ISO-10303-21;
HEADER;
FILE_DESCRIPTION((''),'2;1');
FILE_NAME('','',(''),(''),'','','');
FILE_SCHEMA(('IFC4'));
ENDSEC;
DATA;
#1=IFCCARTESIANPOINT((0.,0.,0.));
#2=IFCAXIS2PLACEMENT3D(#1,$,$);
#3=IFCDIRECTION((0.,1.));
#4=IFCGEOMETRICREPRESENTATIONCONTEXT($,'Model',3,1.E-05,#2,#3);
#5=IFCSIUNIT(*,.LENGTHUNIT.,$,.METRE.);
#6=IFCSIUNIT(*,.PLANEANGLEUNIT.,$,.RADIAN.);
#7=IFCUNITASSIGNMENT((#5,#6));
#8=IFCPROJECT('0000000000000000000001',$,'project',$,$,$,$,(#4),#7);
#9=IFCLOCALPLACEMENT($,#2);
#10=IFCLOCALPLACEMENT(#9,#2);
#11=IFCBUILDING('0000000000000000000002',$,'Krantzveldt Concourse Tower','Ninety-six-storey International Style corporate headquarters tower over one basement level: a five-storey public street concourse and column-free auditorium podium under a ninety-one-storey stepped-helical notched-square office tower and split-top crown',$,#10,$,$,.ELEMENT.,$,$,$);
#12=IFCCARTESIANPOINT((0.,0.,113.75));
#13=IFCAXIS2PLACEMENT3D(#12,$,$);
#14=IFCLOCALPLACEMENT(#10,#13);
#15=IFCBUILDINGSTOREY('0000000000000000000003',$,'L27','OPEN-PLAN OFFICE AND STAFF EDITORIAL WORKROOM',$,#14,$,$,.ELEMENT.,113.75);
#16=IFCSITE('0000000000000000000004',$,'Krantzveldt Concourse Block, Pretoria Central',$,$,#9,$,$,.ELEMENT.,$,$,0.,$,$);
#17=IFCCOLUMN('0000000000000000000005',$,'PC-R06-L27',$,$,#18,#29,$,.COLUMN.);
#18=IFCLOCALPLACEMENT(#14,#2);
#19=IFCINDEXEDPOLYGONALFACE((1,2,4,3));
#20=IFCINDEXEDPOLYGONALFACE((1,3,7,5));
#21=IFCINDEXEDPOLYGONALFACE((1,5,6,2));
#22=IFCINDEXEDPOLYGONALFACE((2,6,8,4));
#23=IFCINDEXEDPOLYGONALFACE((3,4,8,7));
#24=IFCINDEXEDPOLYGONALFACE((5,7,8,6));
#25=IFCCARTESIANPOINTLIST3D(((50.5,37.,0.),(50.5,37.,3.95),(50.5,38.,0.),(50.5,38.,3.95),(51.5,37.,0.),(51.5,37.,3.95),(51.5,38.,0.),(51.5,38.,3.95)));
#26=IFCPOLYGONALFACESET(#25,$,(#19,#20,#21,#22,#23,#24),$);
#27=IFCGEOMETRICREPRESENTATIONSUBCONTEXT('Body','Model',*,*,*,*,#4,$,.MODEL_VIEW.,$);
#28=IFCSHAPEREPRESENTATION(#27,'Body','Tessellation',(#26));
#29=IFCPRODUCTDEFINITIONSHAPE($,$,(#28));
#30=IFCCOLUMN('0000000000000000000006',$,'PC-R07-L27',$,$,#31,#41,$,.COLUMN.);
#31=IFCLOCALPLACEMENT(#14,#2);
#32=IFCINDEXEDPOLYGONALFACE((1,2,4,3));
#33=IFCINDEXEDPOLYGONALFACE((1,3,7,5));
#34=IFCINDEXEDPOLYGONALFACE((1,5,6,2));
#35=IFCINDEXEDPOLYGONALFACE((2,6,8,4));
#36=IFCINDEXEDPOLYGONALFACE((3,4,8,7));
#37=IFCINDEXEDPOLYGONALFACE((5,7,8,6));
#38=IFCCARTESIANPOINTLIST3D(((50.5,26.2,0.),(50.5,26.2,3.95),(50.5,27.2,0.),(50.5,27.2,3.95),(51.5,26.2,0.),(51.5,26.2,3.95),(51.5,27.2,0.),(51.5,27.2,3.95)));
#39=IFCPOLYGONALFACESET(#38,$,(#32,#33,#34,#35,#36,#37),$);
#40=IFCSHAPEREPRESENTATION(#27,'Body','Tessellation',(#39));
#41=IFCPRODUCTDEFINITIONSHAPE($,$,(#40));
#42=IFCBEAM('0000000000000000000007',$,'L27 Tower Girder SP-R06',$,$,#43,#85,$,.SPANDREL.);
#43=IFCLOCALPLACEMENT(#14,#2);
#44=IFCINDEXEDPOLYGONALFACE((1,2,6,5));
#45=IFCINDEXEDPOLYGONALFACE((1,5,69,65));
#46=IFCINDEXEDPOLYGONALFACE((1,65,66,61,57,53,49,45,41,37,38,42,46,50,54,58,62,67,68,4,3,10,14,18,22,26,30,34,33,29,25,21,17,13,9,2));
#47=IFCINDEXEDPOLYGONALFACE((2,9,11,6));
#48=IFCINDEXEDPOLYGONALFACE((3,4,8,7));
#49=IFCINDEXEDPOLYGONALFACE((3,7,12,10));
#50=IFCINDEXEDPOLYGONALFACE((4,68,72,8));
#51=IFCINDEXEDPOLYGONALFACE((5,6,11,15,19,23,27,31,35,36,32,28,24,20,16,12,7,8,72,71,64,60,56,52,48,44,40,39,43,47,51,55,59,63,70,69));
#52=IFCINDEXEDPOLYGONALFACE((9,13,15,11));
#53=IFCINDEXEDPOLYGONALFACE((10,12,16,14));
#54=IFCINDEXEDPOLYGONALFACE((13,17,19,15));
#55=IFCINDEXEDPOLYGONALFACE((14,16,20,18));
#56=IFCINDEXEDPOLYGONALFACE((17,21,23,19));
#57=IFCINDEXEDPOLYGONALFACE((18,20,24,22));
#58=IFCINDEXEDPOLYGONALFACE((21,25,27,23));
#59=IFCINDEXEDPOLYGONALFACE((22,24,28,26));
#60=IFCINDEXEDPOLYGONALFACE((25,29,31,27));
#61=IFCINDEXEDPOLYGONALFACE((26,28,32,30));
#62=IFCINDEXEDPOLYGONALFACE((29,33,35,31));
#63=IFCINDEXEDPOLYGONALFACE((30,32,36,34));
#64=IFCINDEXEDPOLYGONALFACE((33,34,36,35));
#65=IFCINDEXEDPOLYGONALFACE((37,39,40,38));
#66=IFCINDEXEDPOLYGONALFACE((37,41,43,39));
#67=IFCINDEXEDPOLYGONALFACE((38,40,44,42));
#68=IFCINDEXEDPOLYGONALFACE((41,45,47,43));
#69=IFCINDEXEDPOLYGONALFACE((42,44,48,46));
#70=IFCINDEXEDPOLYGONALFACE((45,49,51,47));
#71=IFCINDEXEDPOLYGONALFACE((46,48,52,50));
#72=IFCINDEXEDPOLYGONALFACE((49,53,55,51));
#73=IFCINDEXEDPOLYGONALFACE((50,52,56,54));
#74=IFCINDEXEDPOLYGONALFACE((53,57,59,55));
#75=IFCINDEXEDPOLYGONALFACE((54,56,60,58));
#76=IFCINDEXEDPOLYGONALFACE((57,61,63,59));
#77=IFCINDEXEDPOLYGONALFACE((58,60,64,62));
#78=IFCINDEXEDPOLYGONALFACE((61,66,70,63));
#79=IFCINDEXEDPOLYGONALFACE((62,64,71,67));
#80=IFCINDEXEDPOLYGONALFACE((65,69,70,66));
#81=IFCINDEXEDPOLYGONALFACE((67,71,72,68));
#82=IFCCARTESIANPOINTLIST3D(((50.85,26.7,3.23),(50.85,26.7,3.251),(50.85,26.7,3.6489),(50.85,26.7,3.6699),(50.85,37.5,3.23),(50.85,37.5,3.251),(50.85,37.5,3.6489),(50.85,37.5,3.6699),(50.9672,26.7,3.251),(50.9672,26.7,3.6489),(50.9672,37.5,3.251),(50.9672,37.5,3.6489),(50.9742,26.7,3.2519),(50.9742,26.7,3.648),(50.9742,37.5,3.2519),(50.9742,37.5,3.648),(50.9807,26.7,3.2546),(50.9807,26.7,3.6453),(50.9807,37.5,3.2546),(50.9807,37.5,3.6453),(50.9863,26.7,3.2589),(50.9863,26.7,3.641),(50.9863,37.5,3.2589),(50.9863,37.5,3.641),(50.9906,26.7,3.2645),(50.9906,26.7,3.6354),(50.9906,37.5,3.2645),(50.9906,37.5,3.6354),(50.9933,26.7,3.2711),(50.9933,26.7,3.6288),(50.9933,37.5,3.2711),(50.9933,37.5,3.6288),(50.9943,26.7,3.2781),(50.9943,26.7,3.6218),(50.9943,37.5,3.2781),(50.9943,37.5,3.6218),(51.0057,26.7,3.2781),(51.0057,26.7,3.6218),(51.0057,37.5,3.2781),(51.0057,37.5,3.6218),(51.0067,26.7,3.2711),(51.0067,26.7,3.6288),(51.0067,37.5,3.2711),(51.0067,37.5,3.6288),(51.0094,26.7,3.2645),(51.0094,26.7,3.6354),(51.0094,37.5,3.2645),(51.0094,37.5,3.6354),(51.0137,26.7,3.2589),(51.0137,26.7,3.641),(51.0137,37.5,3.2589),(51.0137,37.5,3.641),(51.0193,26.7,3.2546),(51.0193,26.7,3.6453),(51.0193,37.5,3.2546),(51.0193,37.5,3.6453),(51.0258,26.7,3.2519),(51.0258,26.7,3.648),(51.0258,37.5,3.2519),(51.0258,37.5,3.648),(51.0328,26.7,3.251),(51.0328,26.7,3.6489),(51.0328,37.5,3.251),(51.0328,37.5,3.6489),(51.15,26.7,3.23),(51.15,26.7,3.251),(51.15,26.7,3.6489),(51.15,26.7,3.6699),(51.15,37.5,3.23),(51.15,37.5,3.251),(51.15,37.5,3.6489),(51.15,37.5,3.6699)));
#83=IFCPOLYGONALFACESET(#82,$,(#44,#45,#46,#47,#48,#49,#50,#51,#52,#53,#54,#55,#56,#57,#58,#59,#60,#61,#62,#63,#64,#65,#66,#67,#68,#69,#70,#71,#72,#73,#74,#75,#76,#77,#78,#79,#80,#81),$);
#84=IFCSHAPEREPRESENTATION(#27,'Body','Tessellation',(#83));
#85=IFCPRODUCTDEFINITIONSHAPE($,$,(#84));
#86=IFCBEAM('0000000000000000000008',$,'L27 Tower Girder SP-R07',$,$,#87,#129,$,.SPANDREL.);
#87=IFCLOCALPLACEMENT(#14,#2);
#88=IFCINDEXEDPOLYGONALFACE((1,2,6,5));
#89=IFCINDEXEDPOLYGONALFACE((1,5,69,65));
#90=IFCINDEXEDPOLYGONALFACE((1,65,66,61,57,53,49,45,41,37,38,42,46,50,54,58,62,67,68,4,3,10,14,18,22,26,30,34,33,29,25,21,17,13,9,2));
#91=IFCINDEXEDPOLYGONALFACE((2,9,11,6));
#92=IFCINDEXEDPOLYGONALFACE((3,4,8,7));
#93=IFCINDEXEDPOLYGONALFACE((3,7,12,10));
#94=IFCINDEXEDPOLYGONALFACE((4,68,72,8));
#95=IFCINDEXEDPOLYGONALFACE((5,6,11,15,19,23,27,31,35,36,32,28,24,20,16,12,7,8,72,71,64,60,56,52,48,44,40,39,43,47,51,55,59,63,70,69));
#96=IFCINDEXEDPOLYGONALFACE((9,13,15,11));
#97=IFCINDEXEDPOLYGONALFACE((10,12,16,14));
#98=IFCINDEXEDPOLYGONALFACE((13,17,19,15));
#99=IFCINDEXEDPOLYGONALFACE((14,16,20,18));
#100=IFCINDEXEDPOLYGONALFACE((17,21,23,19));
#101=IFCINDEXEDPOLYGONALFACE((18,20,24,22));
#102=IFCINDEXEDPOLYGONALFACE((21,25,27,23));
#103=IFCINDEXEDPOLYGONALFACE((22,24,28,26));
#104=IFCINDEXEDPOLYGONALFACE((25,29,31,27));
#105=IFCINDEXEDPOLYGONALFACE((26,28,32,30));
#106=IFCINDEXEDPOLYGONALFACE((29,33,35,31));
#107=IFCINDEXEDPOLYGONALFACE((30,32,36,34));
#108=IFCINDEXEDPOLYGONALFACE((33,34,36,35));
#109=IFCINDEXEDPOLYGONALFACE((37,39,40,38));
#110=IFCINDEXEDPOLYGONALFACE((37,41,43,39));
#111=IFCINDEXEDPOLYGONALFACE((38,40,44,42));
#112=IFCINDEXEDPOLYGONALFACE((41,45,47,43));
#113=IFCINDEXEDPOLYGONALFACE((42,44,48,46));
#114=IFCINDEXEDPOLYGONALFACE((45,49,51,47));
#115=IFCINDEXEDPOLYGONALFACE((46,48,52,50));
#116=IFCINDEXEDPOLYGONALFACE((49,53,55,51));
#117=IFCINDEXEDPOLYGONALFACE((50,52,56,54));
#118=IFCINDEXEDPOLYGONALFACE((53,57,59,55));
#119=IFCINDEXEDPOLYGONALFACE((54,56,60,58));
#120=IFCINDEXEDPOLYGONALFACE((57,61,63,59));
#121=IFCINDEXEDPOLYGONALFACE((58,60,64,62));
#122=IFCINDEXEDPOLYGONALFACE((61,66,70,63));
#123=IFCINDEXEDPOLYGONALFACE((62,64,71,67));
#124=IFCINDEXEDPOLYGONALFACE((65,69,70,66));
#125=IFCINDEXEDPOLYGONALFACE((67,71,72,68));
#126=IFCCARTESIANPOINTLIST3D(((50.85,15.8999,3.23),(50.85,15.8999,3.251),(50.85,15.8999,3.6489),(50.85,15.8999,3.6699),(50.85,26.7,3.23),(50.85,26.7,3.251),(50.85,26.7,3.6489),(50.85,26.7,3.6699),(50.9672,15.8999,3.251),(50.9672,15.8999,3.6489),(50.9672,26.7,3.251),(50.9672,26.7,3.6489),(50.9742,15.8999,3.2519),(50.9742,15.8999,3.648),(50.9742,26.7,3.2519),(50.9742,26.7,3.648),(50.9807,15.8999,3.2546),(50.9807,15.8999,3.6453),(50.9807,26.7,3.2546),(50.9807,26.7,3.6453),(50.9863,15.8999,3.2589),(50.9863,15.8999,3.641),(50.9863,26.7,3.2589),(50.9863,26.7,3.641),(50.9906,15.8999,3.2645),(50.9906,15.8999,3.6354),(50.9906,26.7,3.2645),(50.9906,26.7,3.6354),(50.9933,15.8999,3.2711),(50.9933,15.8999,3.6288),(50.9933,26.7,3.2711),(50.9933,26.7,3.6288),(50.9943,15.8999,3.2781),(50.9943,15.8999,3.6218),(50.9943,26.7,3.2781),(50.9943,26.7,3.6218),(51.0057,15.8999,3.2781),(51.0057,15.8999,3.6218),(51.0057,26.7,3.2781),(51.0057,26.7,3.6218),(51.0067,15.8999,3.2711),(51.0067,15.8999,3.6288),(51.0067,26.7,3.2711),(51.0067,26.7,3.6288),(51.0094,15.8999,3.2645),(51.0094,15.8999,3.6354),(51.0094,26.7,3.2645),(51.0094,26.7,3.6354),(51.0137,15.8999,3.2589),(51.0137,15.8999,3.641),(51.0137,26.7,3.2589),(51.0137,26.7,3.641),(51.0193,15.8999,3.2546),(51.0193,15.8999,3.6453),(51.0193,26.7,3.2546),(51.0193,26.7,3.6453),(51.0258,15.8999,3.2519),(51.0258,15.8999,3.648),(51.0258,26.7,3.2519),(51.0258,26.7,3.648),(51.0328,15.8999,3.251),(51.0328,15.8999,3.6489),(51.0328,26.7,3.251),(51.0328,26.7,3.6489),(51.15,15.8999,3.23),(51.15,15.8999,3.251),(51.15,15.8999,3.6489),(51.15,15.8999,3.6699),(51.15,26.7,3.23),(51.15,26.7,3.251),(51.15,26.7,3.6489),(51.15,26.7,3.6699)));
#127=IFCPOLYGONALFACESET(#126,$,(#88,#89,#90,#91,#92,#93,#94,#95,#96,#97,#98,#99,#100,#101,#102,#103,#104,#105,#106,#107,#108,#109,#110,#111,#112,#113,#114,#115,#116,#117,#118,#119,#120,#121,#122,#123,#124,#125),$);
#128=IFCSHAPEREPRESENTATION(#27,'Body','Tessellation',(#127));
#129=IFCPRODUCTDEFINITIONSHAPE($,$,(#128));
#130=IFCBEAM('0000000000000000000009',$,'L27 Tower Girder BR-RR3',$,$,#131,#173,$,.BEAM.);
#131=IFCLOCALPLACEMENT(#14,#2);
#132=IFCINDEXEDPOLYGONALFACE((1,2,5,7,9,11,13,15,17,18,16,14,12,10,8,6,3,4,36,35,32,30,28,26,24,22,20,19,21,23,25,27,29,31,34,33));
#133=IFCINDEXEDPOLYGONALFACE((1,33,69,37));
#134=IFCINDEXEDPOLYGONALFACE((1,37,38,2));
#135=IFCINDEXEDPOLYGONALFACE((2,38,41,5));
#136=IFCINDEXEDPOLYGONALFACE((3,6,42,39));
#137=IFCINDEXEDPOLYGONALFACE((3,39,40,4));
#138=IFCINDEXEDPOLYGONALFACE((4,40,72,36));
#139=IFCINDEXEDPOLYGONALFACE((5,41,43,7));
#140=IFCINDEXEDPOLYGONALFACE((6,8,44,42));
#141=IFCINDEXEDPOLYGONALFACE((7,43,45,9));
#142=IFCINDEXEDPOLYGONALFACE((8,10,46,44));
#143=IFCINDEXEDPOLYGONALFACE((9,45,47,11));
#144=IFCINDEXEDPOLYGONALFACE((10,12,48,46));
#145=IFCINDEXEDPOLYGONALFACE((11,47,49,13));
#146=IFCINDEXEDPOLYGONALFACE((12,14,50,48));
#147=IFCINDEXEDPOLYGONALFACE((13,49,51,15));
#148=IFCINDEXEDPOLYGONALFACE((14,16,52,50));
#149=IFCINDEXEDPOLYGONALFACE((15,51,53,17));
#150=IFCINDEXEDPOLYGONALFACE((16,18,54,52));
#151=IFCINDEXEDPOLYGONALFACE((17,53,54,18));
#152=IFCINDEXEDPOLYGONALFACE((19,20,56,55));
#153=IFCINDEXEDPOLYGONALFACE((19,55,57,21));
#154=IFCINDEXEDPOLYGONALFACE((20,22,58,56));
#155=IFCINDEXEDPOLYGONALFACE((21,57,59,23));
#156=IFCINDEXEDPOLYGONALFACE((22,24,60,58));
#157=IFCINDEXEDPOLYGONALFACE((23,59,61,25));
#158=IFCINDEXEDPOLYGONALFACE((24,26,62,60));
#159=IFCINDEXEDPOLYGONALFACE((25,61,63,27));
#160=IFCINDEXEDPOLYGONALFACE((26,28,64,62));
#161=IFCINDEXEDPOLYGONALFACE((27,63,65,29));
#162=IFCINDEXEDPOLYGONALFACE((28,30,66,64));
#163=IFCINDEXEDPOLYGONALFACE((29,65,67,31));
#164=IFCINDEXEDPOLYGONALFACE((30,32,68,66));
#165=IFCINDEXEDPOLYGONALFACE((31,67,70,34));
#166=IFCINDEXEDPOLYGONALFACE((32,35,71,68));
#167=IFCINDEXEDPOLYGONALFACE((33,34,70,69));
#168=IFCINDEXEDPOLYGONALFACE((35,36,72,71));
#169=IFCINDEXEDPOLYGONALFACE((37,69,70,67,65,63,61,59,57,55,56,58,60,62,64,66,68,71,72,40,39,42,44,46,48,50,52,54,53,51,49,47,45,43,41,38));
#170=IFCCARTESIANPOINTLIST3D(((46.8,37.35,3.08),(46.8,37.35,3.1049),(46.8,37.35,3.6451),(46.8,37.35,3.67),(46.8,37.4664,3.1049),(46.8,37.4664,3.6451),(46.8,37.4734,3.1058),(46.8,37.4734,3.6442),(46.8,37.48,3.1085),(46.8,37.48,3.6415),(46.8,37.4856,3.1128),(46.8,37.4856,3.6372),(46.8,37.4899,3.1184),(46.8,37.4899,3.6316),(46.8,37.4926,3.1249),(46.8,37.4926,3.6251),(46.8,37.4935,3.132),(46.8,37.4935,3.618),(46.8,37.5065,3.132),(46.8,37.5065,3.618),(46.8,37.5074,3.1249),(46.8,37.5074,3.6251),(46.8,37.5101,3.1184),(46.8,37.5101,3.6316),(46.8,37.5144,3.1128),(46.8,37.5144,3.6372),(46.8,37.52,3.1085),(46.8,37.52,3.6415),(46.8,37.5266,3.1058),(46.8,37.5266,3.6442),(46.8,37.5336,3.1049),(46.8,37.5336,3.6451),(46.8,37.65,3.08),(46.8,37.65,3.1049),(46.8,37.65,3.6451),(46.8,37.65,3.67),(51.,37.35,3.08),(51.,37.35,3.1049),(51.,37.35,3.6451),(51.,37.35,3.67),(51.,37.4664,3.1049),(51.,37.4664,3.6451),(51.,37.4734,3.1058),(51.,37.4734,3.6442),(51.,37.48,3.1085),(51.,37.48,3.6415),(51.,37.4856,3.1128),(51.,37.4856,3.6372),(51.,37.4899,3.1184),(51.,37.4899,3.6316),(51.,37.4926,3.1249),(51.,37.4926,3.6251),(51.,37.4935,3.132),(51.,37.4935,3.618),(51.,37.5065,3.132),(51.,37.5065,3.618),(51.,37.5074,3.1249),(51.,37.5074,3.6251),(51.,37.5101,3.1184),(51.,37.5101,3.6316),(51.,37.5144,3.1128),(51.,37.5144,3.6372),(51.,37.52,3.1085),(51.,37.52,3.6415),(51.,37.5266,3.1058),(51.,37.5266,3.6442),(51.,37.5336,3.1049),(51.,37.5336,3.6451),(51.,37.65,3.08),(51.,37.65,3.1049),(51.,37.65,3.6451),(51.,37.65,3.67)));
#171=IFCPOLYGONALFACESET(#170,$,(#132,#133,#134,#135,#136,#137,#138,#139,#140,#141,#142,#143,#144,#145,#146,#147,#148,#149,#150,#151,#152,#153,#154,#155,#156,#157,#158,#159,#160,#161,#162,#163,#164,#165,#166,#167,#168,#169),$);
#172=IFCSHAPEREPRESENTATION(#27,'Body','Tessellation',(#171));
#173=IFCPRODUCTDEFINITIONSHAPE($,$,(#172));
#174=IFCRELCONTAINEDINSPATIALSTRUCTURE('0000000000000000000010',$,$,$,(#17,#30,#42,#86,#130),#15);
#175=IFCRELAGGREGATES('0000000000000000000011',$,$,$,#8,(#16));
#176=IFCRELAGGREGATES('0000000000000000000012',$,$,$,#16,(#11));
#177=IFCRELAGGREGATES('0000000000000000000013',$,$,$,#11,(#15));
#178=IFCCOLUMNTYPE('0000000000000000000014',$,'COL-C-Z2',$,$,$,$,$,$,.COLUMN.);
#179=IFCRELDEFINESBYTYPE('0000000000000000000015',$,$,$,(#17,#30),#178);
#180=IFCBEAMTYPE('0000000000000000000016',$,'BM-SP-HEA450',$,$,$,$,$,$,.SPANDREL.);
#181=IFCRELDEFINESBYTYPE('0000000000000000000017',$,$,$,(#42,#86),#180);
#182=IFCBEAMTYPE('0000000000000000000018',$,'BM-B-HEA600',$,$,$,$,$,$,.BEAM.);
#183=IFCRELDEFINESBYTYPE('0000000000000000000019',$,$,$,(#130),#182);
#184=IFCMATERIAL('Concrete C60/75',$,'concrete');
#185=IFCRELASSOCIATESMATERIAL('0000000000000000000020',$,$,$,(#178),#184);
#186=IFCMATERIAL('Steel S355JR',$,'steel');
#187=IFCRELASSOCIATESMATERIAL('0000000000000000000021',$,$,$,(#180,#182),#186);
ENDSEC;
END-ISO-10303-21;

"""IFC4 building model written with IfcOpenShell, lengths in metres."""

from ifc_helpers import new_model, si_unit, direction, frame, origin, origin_2d, place, context, subcontext, project, spatial, rectangle, i_section, extrude, source, transform, mapped, material, material_profile, profile_set, type_object, type_shapes, element, save


model = new_model("IFC4")

# Units and contexts
model_context = context("Model", 3, precision=1e-05, world=origin(), true_north=direction((0.0, 1.0)))
body_context = subcontext(model_context, "Body", "Model", "MODEL_VIEW")
ifc_project = project(units=[si_unit("LENGTHUNIT", "METRE"), si_unit("PLANEANGLEUNIT", "RADIAN")], contexts=[model_context])

# Site, building, storey
site_placement = place(None, origin())
site = spatial("IfcSite", under=ifc_project, at=site_placement, Name="Krantzveldt Concourse Block, Pretoria Central", CompositionType="ELEMENT", RefElevation=0.0)
building_placement = place(site_placement, origin())
building = spatial("IfcBuilding", under=site, at=building_placement, Name="Krantzveldt Concourse Tower", Description="Ninety-six-storey International Style corporate headquarters tower over one basement level: a five-storey public street concourse and column-free auditorium podium under a ninety-one-storey stepped-helical notched-square office tower and split-top crown", CompositionType="ELEMENT")
storey_placement = place(building_placement, frame((0.0, 0.0, 113.75)))
storey = spatial("IfcBuildingStorey", under=building, at=storey_placement, Name="L27", Description="OPEN-PLAN OFFICE AND STAFF EDITORIAL WORKROOM", CompositionType="ELEMENT", Elevation=113.75)

# Columns
ifc_material_1 = material(Name="Concrete C60/75", Category="concrete")
ifc_material_profile_1 = material_profile(ifc_material_1, rectangle(XDim=1.0, YDim=1.0, at=origin_2d()), Name="Concrete C60/75", Category="concrete")
ifc_profile_set_1 = profile_set([ifc_material_profile_1], Name="Concrete C60/75 - RC 1000x1000")
column_type = type_object("IfcColumnType", Name="COL-C-Z2", PredefinedType="COLUMN", material=ifc_profile_set_1)
shared_shape_1 = source(origin(), body_context, "Body", "SweptSolid", [
    extrude(rectangle(XDim=1.0, YDim=1.0, at=origin_2d()), origin(), (0.0, 0.0, 1.0), 3.95),
])
type_shapes(column_type, [shared_shape_1])
for number, where, z_axis, x_axis, name in (
    (1, (51.0, 37.5, 0.0), (0.0, 0.0, 1.0), (1.0, 0.0, 0.0), "PC-R06-L27"),
    (2, (51.0, 26.7, 0.0), (0.0, 0.0, 1.0), (1.0, 0.0, 0.0), "PC-R07-L27"),
):
    element("IfcColumn", number, at=place(storey_placement, frame(where, z_axis=z_axis, x_axis=x_axis)), inside=storey, type_object=column_type, Name=name, PredefinedType="COLUMN", context=body_context, shape_type="MappedRepresentation", body=[
        mapped(shared_shape_1, transform((0.0, 0.0, 0.0), x_axis=(1.0, 0.0, 0.0), y_axis=(0.0, 1.0, 0.0), z_axis=(0.0, 0.0, 1.0), scale=1.0)),
    ])

# Beams
ifc_material_2 = material(Name="Steel S355JR", Category="steel")
ifc_material_profile_2 = material_profile(ifc_material_2, i_section(OverallWidth=0.3, OverallDepth=0.4399, WebThickness=0.0115, FlangeThickness=0.021, FilletRadius=0.0271, at=origin_2d()), Name="Steel S355JR", Category="steel")
ifc_profile_set_2 = profile_set([ifc_material_profile_2], Name="Steel S355JR - HEA 450")
beam_type_1 = type_object("IfcBeamType", Name="BM-SP-HEA450", PredefinedType="SPANDREL", material=ifc_profile_set_2)
shared_shape_2 = source(origin(), body_context, "Body", "SweptSolid", [
    extrude(i_section(OverallWidth=0.3, OverallDepth=0.4399, WebThickness=0.0115, FlangeThickness=0.021, FilletRadius=0.0271, at=origin_2d()), origin(), (0.0, 0.0, 1.0), 10.8),
])
type_shapes(beam_type_1, [shared_shape_2])
for number, where, z_axis, x_axis, name in (
    (3, (51.0, 37.5, 3.45), (0.0, -1.0, 0.0), (1.0, 0.0, 0.0), "L27 Tower Girder SP-R06"),
    (4, (51.0, 26.7, 3.45), (0.0, -1.0, 0.0), (1.0, 0.0, 0.0), "L27 Tower Girder SP-R07"),
):
    element("IfcBeam", number, at=place(storey_placement, frame(where, z_axis=z_axis, x_axis=x_axis)), inside=storey, type_object=beam_type_1, Name=name, PredefinedType="SPANDREL", context=body_context, shape_type="MappedRepresentation", body=[
        mapped(shared_shape_2, transform((0.0, 0.0, 0.0), x_axis=(1.0, 0.0, 0.0), y_axis=(0.0, 1.0, 0.0), z_axis=(0.0, 0.0, 1.0), scale=1.0)),
    ])
ifc_material_profile_3 = material_profile(ifc_material_2, i_section(OverallWidth=0.3, OverallDepth=0.5901, WebThickness=0.0129, FlangeThickness=0.0249, FilletRadius=0.0271, at=origin_2d()), Name="Steel S355JR", Category="steel")
ifc_profile_set_3 = profile_set([ifc_material_profile_3], Name="Steel S355JR - HEA 600")
beam_type_2 = type_object("IfcBeamType", Name="BM-B-HEA600", PredefinedType="BEAM", material=ifc_profile_set_3)
shared_shape_3 = source(origin(), body_context, "Body", "SweptSolid", [
    extrude(i_section(OverallWidth=0.3, OverallDepth=0.5901, WebThickness=0.0129, FlangeThickness=0.0249, FilletRadius=0.0271, at=origin_2d()), origin(), (0.0, 0.0, 1.0), 4.2),
])
type_shapes(beam_type_2, [shared_shape_3])
beam_placement = place(storey_placement, frame((46.8, 37.5, 3.375), z_axis=(1.0, 0.0, 0.0), x_axis=(0.0, 1.0, 0.0)))
element("IfcBeam", 5, at=beam_placement, inside=storey, type_object=beam_type_2, Name="L27 Tower Girder BR-RR3", PredefinedType="BEAM", context=body_context, shape_type="MappedRepresentation", body=[
    mapped(shared_shape_3, transform((0.0, 0.0, 0.0), x_axis=(1.0, 0.0, 0.0), y_axis=(0.0, 1.0, 0.0), z_axis=(0.0, 0.0, 1.0), scale=1.0)),
])

save(model, "model.ifc")
